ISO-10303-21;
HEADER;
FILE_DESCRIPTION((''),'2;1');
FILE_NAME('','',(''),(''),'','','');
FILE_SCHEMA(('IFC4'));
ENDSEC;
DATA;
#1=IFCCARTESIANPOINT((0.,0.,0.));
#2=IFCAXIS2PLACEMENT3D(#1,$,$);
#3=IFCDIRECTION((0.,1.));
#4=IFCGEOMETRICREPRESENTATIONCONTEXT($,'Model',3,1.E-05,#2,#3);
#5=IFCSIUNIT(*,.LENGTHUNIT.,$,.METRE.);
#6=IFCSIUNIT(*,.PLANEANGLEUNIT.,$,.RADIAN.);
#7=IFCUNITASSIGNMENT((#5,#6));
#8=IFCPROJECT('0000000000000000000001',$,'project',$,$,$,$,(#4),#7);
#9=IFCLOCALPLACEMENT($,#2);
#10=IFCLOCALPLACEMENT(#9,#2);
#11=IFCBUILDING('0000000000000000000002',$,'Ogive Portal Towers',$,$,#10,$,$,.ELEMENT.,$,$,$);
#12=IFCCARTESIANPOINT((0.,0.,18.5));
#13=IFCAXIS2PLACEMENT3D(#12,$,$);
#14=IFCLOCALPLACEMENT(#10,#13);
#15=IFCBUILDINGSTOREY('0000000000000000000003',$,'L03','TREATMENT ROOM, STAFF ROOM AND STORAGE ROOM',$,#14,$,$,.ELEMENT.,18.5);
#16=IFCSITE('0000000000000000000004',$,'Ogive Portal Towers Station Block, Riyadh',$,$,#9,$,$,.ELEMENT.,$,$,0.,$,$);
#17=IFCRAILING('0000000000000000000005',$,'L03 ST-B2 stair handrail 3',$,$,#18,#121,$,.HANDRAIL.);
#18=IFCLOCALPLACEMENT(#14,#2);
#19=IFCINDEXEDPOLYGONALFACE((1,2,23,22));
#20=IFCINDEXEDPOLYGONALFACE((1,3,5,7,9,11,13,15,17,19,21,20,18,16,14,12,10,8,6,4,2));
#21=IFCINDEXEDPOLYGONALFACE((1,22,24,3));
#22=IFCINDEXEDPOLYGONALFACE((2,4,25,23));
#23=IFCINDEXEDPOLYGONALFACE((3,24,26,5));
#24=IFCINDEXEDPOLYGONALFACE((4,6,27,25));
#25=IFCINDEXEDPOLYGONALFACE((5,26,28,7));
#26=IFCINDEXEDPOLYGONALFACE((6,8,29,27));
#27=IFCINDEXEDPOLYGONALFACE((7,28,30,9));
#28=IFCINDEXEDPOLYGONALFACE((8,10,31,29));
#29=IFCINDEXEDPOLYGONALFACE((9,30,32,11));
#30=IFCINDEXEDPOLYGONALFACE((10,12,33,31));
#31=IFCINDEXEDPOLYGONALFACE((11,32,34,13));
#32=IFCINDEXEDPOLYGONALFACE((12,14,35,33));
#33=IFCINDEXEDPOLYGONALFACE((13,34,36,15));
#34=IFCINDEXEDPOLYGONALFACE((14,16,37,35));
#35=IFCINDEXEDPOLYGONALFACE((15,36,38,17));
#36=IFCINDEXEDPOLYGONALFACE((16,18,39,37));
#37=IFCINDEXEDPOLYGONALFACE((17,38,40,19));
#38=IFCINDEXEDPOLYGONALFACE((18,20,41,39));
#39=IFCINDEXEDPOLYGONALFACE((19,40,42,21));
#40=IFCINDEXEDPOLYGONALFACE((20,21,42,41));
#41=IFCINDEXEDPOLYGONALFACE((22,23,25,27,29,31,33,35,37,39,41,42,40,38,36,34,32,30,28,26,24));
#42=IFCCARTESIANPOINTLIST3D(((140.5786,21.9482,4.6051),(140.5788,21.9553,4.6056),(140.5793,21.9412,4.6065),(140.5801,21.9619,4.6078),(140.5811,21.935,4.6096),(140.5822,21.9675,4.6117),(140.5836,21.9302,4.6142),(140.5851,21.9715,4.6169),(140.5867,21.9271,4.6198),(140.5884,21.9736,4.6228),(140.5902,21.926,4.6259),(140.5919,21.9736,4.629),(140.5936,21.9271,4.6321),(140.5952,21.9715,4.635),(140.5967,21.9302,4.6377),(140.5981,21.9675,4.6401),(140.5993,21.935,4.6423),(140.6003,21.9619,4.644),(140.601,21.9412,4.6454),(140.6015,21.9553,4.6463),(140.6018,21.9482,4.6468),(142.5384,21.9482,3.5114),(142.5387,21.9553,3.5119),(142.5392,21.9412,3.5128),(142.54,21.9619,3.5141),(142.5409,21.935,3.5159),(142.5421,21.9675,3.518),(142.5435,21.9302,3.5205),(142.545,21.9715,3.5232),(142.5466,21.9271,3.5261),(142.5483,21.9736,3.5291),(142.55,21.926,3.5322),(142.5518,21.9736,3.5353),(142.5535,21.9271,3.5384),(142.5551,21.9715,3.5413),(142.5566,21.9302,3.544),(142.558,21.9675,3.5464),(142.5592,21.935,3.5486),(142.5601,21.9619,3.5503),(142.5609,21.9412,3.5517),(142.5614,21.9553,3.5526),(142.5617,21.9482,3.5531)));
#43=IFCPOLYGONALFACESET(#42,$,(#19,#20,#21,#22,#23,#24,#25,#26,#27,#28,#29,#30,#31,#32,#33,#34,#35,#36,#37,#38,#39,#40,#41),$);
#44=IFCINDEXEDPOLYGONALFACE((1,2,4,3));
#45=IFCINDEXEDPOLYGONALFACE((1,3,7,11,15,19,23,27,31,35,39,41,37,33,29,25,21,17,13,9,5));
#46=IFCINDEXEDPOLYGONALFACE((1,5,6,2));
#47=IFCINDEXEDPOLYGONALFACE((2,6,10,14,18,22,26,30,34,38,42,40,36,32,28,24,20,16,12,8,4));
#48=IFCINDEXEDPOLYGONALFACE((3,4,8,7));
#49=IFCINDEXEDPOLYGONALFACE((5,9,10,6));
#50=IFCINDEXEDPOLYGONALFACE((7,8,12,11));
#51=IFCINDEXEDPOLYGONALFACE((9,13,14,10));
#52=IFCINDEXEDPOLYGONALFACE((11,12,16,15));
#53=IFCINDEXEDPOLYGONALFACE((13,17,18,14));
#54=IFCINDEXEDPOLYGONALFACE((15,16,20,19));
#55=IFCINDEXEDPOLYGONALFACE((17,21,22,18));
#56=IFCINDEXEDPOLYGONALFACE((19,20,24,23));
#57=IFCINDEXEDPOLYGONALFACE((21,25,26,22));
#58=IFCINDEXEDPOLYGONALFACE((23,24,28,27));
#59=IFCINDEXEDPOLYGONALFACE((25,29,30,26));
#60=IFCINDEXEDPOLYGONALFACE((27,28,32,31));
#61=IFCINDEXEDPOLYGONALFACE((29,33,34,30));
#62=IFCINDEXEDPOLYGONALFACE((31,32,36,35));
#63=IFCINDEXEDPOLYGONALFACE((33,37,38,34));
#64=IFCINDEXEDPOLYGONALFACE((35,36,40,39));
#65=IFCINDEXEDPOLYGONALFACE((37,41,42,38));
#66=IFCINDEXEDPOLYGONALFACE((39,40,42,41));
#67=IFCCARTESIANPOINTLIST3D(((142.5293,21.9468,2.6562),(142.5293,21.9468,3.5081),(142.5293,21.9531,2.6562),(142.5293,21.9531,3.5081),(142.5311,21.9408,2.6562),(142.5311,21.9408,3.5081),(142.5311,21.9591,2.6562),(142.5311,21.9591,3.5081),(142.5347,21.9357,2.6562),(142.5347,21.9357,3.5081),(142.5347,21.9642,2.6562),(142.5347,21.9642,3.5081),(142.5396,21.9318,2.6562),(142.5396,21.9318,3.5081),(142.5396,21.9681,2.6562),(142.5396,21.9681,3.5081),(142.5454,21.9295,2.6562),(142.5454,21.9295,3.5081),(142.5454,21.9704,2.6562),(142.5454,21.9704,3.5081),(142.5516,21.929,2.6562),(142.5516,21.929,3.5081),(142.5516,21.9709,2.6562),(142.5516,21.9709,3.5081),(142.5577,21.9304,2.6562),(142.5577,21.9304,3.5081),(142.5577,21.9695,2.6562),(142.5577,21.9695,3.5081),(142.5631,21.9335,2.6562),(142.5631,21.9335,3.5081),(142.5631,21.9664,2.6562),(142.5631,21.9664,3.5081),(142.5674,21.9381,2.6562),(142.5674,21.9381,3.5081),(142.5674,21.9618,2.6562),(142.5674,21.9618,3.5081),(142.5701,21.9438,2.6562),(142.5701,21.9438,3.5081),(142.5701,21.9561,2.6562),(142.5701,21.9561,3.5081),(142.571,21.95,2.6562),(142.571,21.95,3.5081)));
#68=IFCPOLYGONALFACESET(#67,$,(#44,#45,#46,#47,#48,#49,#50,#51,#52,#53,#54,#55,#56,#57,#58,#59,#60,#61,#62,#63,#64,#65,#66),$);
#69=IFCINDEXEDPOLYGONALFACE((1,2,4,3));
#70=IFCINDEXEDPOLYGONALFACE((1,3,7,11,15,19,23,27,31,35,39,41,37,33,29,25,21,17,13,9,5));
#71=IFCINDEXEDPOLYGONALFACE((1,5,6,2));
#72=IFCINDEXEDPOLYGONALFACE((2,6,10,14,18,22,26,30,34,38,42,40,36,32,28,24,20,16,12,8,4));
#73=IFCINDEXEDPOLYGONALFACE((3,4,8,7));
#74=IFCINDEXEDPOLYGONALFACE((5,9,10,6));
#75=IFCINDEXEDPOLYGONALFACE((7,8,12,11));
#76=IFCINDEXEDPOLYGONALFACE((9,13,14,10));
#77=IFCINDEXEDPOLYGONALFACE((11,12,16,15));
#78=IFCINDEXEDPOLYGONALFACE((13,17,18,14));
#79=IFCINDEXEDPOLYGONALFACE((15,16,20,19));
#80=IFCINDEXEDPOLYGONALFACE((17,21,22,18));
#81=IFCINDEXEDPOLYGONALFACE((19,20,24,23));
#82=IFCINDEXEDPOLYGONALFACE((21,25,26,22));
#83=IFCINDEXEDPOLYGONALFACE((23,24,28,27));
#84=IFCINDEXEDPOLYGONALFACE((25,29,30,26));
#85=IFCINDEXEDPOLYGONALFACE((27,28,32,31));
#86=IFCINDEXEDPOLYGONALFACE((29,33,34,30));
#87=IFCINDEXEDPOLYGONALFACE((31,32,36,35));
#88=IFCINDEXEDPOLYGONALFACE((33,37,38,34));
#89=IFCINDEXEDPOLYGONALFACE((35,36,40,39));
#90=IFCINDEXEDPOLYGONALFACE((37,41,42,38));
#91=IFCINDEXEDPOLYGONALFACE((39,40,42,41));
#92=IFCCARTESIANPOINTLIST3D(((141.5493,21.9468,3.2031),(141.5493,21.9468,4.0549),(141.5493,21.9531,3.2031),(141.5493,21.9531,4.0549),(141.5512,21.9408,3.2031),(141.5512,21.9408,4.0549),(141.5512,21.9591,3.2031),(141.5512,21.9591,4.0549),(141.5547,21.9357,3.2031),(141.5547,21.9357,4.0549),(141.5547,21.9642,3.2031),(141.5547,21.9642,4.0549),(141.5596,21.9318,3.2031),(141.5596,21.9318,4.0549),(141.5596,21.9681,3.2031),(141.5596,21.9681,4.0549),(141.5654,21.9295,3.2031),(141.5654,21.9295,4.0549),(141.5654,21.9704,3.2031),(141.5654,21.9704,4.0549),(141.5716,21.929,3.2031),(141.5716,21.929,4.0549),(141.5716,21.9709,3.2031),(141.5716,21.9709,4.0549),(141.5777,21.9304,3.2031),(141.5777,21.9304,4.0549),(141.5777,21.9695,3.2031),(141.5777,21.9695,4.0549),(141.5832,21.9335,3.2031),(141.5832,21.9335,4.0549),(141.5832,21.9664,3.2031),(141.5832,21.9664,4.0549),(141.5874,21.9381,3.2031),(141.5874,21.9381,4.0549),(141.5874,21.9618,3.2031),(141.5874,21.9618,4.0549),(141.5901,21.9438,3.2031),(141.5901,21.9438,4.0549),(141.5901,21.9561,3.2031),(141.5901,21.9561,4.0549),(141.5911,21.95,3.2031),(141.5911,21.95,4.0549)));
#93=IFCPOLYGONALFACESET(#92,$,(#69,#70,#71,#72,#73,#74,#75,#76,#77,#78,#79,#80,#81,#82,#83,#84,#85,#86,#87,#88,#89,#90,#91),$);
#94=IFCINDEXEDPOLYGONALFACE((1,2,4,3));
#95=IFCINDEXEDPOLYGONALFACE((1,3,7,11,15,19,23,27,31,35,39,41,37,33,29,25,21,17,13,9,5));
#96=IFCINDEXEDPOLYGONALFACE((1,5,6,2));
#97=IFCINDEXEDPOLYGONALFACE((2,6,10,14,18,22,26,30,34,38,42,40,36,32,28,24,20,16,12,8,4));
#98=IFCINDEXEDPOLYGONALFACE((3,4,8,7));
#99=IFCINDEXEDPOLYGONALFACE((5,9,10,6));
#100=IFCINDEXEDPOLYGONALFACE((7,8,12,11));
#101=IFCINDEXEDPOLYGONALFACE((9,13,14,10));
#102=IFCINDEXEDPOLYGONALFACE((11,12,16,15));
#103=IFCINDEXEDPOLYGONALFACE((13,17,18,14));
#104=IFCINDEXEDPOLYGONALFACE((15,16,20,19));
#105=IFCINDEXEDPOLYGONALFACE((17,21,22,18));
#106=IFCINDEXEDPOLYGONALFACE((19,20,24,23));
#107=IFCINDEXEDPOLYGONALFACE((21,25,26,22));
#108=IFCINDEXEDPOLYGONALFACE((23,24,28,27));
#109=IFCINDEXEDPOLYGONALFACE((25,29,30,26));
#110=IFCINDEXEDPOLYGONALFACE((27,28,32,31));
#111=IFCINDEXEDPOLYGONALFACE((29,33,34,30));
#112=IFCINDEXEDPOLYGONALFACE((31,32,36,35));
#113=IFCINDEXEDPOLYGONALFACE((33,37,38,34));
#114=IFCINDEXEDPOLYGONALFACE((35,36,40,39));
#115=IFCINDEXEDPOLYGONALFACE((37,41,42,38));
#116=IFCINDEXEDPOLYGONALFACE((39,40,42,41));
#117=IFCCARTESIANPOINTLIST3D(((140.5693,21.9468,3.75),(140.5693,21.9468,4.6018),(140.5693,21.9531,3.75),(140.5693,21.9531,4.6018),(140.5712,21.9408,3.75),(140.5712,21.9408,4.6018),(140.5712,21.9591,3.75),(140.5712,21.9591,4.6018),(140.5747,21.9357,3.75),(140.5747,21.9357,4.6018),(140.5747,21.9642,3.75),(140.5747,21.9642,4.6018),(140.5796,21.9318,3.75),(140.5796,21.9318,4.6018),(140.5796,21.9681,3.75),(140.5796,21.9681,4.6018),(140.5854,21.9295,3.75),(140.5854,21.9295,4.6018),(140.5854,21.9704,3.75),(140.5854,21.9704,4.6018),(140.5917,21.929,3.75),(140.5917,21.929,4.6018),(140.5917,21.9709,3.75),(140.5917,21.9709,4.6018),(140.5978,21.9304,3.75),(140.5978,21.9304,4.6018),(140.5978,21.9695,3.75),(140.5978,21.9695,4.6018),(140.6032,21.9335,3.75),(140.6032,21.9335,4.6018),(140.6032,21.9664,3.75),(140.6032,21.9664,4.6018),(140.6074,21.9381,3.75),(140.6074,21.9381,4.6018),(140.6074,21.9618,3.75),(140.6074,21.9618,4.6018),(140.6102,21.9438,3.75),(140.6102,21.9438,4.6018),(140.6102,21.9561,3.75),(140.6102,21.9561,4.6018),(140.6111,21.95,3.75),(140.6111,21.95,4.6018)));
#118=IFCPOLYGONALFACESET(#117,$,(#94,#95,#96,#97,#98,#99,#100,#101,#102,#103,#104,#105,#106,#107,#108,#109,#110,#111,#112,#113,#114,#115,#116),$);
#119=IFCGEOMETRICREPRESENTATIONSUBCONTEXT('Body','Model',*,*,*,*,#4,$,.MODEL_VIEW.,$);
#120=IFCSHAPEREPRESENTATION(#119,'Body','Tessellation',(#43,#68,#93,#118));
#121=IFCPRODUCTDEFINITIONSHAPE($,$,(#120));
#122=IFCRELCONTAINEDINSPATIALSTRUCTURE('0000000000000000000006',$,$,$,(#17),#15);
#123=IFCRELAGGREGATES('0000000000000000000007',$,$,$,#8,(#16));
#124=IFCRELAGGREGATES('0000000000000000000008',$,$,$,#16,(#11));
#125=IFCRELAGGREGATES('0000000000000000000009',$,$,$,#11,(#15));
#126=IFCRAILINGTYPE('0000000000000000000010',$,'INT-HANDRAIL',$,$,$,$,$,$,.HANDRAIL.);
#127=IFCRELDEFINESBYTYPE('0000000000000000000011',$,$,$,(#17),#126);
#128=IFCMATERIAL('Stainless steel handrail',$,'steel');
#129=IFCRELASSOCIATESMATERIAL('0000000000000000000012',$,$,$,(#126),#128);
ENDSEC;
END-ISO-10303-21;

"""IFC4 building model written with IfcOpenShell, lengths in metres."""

from ifc_helpers import new_model, si_unit, direction, frame, origin, origin_2d, place, context, subcontext, project, spatial, circle, extrude, material, type_object, element, save


model = new_model("IFC4")

# Units and contexts
model_context = context("Model", 3, precision=1e-05, world=origin(), true_north=direction((0.0, 1.0)))
body_context = subcontext(model_context, "Body", "Model", "MODEL_VIEW")
ifc_project = project(units=[si_unit("LENGTHUNIT", "METRE"), si_unit("PLANEANGLEUNIT", "RADIAN")], contexts=[model_context])

# Site, building, storey
site_placement = place(None, origin())
site = spatial("IfcSite", under=ifc_project, at=site_placement, Name="Ogive Portal Towers Station Block, Riyadh", CompositionType="ELEMENT", RefElevation=0.0)
building_placement = place(site_placement, origin())
building = spatial("IfcBuilding", under=site, at=building_placement, Name="Ogive Portal Towers", CompositionType="ELEMENT")
storey_placement = place(building_placement, frame((0.0, 0.0, 18.5)))
storey = spatial("IfcBuildingStorey", under=building, at=storey_placement, Name="L03", Description="TREATMENT ROOM, STAFF ROOM AND STORAGE ROOM", CompositionType="ELEMENT", Elevation=18.5)

# Railing
ifc_material_1 = material(Name="Stainless steel handrail", Category="steel")
railing_type_1 = type_object("IfcRailingType", Name="INT-HANDRAIL", PredefinedType="HANDRAIL", material=ifc_material_1)
railing_1_placement = place(storey_placement, frame((142.55, 21.95, 2.6562)))
element("IfcRailing", 1, at=railing_1_placement, inside=storey, type_object=railing_type_1, Name="L03 ST-B2 stair handrail 3", PredefinedType="HANDRAIL", context=body_context, shape_type="SweptSolid", body=[
    extrude(circle(Radius=0.0239, at=origin_2d()), frame((0.0, 0.0, 0.876), z_axis=(-0.873232, 0.0, 0.487304), x_axis=(0.0, -1.0, 0.0)), (0.0, 0.0, 1.0), 2.2444),
    extrude(circle(Radius=0.021, at=origin_2d()), origin(), (0.0, 0.0, 1.0), 0.8518),
    extrude(circle(Radius=0.021, at=origin_2d()), frame((-0.98, 0.0, 0.5469)), (0.0, 0.0, 1.0), 0.8518),
    extrude(circle(Radius=0.021, at=origin_2d()), frame((-1.96, 0.0, 1.0938)), (0.0, 0.0, 1.0), 0.8518),
])

save(model, "model.ifc")
